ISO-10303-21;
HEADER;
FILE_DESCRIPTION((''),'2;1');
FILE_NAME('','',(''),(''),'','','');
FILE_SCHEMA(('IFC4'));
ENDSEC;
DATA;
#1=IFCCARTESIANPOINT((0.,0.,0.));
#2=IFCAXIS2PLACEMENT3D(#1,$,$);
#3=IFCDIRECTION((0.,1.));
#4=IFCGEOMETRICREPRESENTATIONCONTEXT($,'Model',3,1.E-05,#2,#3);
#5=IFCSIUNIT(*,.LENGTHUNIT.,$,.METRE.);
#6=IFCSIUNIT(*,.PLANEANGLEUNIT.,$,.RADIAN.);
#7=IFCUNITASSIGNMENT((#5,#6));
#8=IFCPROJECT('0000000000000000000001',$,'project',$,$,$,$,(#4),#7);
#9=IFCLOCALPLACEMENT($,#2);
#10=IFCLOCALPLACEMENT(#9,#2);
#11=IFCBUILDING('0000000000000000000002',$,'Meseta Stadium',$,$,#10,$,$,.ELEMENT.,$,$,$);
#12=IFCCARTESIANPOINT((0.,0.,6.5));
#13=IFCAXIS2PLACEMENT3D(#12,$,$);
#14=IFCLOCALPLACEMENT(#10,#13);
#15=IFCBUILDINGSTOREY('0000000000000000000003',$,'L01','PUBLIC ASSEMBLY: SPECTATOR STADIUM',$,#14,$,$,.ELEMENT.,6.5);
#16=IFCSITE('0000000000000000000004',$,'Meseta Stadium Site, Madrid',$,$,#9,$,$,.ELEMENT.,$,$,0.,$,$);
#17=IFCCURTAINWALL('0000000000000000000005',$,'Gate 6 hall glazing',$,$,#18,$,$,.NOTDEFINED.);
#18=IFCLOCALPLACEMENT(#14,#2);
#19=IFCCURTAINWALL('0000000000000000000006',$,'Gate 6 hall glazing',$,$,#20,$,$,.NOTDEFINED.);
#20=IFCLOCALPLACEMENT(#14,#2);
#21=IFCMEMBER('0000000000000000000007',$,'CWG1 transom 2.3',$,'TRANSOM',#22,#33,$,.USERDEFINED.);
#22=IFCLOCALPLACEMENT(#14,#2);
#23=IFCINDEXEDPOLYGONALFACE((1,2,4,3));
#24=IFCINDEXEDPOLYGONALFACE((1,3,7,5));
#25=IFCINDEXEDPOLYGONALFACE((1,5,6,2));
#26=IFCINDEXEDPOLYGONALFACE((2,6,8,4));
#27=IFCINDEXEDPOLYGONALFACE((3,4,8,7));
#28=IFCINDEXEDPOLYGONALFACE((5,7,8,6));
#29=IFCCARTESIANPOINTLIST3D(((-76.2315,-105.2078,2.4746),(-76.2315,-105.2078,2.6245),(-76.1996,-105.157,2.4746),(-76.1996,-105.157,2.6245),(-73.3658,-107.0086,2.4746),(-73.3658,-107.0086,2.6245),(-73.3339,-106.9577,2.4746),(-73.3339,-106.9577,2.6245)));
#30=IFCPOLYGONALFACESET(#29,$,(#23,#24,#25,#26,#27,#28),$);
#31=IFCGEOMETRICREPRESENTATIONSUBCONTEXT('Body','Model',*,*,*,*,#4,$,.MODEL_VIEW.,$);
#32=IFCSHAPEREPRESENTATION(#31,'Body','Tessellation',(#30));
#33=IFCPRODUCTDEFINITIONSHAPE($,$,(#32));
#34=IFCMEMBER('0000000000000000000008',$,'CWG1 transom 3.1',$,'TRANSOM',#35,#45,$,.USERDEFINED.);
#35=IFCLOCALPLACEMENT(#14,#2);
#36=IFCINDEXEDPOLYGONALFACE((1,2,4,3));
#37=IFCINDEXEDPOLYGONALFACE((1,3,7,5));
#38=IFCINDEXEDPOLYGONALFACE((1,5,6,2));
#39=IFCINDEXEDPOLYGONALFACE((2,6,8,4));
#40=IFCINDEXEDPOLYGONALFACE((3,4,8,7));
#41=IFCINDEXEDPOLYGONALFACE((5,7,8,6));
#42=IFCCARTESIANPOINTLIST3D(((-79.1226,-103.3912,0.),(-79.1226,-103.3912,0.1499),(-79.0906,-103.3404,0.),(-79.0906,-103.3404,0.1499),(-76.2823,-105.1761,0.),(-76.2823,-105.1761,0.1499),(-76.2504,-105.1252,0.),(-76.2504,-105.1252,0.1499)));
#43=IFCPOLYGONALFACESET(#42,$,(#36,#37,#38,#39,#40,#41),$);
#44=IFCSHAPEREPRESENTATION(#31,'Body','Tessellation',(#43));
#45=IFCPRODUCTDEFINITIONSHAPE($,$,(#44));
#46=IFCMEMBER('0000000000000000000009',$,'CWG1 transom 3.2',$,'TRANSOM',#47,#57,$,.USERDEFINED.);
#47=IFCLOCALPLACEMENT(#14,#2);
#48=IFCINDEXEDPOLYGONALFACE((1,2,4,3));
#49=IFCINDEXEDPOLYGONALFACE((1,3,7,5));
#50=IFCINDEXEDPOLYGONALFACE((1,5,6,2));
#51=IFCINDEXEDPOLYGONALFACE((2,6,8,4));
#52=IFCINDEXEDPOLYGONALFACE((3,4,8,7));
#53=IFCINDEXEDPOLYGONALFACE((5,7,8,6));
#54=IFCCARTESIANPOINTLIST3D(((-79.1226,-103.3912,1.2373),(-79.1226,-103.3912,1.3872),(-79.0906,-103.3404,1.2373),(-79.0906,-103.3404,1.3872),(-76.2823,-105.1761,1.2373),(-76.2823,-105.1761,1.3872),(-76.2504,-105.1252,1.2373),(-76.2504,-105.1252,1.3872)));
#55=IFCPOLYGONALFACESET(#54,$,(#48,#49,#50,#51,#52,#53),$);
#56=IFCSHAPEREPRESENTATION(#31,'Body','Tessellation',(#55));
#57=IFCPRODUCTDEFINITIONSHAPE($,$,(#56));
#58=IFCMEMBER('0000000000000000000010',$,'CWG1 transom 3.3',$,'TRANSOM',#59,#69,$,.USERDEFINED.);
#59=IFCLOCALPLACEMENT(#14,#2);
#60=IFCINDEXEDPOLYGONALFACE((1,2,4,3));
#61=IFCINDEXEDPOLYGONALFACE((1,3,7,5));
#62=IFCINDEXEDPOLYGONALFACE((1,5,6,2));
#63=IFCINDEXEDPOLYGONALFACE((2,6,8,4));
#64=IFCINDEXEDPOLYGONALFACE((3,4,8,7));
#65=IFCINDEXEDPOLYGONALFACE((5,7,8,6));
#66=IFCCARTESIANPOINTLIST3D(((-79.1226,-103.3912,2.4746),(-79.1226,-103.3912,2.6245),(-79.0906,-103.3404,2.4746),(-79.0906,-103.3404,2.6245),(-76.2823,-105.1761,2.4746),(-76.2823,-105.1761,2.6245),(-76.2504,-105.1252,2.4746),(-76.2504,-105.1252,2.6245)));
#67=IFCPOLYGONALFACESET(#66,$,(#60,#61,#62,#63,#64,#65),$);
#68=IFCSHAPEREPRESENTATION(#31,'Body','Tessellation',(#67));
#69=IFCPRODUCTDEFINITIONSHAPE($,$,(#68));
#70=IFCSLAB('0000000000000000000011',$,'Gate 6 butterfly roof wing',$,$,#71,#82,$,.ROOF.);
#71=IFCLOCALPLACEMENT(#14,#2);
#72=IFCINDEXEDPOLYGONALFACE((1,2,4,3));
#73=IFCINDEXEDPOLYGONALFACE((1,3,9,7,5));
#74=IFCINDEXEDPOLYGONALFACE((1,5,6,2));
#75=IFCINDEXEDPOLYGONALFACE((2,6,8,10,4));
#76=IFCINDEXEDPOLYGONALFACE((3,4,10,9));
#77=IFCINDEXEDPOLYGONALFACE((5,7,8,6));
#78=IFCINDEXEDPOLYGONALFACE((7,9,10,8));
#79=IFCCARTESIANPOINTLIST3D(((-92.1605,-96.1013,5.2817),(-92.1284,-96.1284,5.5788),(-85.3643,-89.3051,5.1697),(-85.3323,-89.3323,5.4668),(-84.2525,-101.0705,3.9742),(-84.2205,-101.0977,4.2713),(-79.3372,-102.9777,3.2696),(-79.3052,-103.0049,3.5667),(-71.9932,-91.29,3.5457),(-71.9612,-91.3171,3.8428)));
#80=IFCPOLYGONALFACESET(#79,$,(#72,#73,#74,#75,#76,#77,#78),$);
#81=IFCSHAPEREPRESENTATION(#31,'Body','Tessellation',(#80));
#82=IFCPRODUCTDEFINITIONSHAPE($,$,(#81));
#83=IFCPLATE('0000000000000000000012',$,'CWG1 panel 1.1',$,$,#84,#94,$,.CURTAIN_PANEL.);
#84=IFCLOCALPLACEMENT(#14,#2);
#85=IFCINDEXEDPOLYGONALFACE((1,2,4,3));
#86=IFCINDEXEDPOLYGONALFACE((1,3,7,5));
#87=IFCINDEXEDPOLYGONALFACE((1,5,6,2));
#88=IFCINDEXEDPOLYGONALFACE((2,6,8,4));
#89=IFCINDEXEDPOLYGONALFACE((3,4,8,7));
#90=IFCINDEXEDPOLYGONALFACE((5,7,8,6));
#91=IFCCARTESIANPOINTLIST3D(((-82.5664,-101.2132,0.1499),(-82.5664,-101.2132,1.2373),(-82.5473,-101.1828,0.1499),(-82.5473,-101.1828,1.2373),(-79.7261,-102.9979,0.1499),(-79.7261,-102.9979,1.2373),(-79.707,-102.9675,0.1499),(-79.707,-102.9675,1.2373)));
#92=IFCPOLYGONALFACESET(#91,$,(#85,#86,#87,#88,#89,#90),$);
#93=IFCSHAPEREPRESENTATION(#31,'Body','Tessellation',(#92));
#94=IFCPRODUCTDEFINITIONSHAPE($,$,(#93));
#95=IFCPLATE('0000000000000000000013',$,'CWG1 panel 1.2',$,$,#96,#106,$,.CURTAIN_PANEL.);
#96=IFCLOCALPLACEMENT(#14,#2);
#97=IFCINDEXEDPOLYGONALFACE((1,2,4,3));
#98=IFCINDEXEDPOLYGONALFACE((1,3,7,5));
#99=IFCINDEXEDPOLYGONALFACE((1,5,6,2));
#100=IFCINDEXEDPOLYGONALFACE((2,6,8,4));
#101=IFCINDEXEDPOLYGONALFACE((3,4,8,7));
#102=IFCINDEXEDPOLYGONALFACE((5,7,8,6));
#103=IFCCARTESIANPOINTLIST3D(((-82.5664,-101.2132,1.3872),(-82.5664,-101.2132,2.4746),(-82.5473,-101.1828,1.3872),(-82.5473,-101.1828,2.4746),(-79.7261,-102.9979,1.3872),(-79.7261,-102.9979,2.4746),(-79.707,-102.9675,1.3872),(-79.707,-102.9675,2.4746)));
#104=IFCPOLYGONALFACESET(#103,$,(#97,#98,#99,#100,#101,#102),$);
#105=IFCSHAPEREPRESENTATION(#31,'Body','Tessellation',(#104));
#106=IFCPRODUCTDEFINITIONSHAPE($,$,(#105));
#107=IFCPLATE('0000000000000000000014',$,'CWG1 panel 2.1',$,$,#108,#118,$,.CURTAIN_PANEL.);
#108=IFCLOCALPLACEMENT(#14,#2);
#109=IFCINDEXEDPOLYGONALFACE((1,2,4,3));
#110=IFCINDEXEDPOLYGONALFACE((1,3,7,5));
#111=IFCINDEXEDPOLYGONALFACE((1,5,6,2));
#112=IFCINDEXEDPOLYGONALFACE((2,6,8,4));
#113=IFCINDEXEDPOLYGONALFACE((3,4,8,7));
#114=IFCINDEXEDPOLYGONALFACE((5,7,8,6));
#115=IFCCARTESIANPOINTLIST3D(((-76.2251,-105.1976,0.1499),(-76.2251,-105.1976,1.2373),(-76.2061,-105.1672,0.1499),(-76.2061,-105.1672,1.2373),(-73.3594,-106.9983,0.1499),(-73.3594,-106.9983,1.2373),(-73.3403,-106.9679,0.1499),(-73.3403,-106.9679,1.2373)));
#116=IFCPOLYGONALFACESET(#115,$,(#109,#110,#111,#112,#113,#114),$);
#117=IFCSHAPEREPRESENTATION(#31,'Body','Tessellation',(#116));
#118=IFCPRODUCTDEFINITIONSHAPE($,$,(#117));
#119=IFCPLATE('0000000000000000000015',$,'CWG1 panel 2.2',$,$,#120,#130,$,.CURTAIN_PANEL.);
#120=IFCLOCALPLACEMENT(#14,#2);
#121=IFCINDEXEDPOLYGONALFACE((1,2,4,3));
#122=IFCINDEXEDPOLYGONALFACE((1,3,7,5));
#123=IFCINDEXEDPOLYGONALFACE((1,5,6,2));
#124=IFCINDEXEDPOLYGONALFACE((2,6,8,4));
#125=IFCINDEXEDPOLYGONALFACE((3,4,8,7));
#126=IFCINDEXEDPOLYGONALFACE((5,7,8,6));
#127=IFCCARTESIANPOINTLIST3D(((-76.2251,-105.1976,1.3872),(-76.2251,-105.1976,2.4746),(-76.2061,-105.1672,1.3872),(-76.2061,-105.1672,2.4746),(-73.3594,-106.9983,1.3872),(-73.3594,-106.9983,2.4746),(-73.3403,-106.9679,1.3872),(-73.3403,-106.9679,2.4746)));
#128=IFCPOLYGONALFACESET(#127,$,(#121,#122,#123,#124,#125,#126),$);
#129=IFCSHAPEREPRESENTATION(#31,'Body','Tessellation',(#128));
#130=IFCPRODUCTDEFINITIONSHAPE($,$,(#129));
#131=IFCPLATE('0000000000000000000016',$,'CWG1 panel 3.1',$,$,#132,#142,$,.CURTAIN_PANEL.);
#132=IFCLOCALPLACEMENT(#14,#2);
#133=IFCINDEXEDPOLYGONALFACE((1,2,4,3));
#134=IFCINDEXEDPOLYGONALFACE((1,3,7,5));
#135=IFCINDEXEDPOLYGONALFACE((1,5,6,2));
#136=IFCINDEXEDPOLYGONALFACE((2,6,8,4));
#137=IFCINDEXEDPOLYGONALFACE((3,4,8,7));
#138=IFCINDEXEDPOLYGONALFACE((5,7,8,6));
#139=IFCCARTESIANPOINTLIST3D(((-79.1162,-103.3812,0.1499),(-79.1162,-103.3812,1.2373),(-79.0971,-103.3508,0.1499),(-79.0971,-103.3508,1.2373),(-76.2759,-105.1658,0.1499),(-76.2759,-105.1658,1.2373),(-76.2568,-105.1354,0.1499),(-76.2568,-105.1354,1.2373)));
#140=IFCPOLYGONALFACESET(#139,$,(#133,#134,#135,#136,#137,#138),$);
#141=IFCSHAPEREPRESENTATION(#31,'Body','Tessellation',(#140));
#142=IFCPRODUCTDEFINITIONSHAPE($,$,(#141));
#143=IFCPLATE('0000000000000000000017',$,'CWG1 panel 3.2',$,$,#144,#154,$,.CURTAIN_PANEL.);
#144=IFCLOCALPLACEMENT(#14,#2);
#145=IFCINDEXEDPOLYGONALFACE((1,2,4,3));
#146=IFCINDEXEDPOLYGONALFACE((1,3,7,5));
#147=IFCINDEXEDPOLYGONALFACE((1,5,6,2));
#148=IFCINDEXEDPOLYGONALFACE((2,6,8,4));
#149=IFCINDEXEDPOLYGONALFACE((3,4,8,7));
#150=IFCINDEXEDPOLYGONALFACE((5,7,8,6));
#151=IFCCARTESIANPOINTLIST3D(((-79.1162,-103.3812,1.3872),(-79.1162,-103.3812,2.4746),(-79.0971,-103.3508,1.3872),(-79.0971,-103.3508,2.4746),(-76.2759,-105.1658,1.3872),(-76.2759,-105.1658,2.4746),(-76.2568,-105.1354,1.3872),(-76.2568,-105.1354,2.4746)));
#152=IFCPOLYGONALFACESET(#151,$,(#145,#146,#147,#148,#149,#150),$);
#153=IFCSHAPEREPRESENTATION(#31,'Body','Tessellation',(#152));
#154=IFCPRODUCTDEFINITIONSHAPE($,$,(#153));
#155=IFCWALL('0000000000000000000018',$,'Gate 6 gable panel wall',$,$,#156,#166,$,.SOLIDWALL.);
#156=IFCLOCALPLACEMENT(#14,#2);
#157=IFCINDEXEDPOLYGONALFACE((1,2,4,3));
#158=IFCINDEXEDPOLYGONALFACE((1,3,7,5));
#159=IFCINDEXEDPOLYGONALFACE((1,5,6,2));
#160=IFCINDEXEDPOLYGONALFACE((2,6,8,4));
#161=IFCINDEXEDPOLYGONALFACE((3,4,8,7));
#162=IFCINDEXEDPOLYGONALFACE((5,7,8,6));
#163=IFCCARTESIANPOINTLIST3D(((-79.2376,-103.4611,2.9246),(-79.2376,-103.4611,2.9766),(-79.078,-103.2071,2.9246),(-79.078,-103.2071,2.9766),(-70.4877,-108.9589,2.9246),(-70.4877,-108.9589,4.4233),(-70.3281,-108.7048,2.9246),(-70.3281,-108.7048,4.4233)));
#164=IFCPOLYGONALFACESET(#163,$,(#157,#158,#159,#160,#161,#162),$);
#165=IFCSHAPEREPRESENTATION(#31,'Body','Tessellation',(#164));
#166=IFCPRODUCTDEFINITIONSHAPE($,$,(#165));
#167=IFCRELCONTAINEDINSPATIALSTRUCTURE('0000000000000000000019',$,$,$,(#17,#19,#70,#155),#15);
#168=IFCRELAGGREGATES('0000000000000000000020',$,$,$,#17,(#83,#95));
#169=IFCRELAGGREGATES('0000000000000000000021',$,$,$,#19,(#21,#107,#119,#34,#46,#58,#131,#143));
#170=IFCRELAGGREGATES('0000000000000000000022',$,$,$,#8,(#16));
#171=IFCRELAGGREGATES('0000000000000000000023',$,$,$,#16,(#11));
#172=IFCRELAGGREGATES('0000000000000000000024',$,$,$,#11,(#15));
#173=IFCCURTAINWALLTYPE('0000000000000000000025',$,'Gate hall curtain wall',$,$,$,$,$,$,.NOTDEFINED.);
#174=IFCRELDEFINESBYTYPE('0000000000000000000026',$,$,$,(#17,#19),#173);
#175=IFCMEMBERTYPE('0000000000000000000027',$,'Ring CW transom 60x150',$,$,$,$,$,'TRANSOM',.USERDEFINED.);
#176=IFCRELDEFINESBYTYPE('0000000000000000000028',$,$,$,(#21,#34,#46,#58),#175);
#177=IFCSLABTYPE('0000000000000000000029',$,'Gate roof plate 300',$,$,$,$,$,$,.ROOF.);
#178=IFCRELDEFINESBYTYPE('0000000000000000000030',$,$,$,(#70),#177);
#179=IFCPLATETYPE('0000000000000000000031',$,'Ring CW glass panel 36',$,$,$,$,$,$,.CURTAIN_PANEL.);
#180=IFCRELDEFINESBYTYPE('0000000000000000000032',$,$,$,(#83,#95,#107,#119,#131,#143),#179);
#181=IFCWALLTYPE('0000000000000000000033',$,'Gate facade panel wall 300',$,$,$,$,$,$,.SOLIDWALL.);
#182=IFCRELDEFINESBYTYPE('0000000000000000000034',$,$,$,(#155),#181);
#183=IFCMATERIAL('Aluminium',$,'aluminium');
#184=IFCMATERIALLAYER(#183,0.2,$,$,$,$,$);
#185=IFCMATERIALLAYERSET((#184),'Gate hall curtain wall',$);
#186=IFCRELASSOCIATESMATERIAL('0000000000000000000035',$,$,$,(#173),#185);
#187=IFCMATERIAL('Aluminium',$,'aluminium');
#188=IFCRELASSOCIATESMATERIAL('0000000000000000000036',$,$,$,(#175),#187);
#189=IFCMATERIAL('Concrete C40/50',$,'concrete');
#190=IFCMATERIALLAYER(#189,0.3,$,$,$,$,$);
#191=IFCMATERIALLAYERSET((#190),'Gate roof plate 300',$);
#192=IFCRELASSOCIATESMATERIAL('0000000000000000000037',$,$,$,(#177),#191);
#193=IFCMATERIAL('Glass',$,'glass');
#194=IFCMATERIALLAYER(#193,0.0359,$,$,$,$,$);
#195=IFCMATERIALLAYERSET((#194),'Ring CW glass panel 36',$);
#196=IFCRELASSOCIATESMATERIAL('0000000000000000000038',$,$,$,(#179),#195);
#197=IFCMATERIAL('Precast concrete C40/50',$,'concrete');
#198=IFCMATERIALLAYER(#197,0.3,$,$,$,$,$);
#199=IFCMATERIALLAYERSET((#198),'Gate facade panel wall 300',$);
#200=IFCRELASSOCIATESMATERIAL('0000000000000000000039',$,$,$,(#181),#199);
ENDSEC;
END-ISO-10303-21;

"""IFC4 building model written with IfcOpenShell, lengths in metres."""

from ifc_helpers import new_model, si_unit, direction, frame, origin, origin_2d, place, context, subcontext, project, spatial, polyline, rectangle, outline, extrude, material, layer, layer_set, material_profile, profile_set, type_object, element, aggregate, save


model = new_model("IFC4")

# Units and contexts
model_context = context("Model", 3, precision=1e-05, world=origin(), true_north=direction((0.0, 1.0)))
body_context = subcontext(model_context, "Body", "Model", "MODEL_VIEW")
ifc_project = project(units=[si_unit("LENGTHUNIT", "METRE"), si_unit("PLANEANGLEUNIT", "RADIAN")], contexts=[model_context])

# Site, building, storey
site_placement = place(None, origin())
site = spatial("IfcSite", under=ifc_project, at=site_placement, Name="Meseta Stadium Site, Madrid", CompositionType="ELEMENT", RefElevation=0.0)
building_placement = place(site_placement, origin())
building = spatial("IfcBuilding", under=site, at=building_placement, Name="Meseta Stadium", CompositionType="ELEMENT")
storey_placement = place(building_placement, frame((0.0, 0.0, 6.5)))
storey = spatial("IfcBuildingStorey", under=building, at=storey_placement, Name="L01", Description="PUBLIC ASSEMBLY: SPECTATOR STADIUM", CompositionType="ELEMENT", Elevation=6.5)

# Curtain walls
ifc_material_1 = material(Name="Aluminium", Category="aluminium")
ifc_layer_1 = layer(ifc_material_1, 0.2)
ifc_layer_set_1 = layer_set([ifc_layer_1], Name="Gate hall curtain wall")
curtain_wall_type = type_object("IfcCurtainWallType", Name="Gate hall curtain wall", PredefinedType="NOTDEFINED", material=ifc_layer_set_1)
curtain_wall_1_placement = place(storey_placement, origin())
curtain_wall_1 = element("IfcCurtainWall", 1, at=curtain_wall_1_placement, inside=storey, type_object=curtain_wall_type, Name="Gate 6 hall glazing", PredefinedType="NOTDEFINED")
curtain_wall_2_placement = place(storey_placement, origin())
curtain_wall_2 = element("IfcCurtainWall", 2, at=curtain_wall_2_placement, inside=storey, type_object=curtain_wall_type, Name="Gate 6 hall glazing", PredefinedType="NOTDEFINED")

# Members
ifc_material_2 = material(Name="Aluminium", Category="aluminium")
ifc_material_profile_1 = material_profile(ifc_material_2, rectangle(XDim=0.0601, YDim=0.1499, at=origin_2d()), Name="CW 60x150")
ifc_profile_set_1 = profile_set([ifc_material_profile_1], Name="Aluminium")
member_type_1 = type_object("IfcMemberType", Name="Ring CW transom 60x150", ElementType="TRANSOM", PredefinedType="USERDEFINED", material=ifc_profile_set_1)
member_1_placement = place(storey_placement, frame((-73.3499, -106.9832, 2.5496), z_axis=(-0.846707, 0.532059, 0.0), x_axis=(-0.532059, -0.846707, 0.0)))
member_1 = element("IfcMember", 3, at=member_1_placement, type_object=member_type_1, Name="CWG1 transom 2.3", ObjectType="TRANSOM", PredefinedType="USERDEFINED", context=body_context, shape_type="SweptSolid", body=[
    extrude(rectangle(XDim=0.0601, YDim=0.1499, at=origin_2d()), origin(), (0.0, 0.0, 1.0), 3.3845),
])
member_2_placement = place(storey_placement, frame((-76.2664, -105.1506, 0.075), z_axis=(-0.846696, 0.532078, 0.0), x_axis=(-0.532078, -0.846696, 0.0)))
member_2 = element("IfcMember", 4, at=member_2_placement, type_object=member_type_1, Name="CWG1 transom 3.1", ObjectType="TRANSOM", PredefinedType="USERDEFINED", context=body_context, shape_type="SweptSolid", body=[
    extrude(rectangle(XDim=0.0601, YDim=0.1499, at=origin_2d()), origin(), (0.0, 0.0, 1.0), 3.3545),
])
member_3_placement = place(storey_placement, frame((-76.2664, -105.1506, 1.3123), z_axis=(-0.846696, 0.532078, 0.0), x_axis=(-0.532078, -0.846696, 0.0)))
member_3 = element("IfcMember", 5, at=member_3_placement, type_object=member_type_1, Name="CWG1 transom 3.2", ObjectType="TRANSOM", PredefinedType="USERDEFINED", context=body_context, shape_type="SweptSolid", body=[
    extrude(rectangle(XDim=0.0601, YDim=0.1499, at=origin_2d()), origin(), (0.0, 0.0, 1.0), 3.3545),
])
member_4_placement = place(storey_placement, frame((-76.2664, -105.1506, 2.5496), z_axis=(-0.846696, 0.532078, 0.0), x_axis=(-0.532078, -0.846696, 0.0)))
member_4 = element("IfcMember", 6, at=member_4_placement, type_object=member_type_1, Name="CWG1 transom 3.3", ObjectType="TRANSOM", PredefinedType="USERDEFINED", context=body_context, shape_type="SweptSolid", body=[
    extrude(rectangle(XDim=0.0601, YDim=0.1499, at=origin_2d()), origin(), (0.0, 0.0, 1.0), 3.3545),
])

# Slab
ifc_material_3 = material(Name="Concrete C40/50", Category="concrete")
ifc_layer_2 = layer(ifc_material_3, 0.3)
ifc_layer_set_2 = layer_set([ifc_layer_2], Name="Gate roof plate 300")
slab_type = type_object("IfcSlabType", Name="Gate roof plate 300", PredefinedType="ROOF", material=ifc_layer_set_2)
slab_placement = place(storey_placement, frame((-79.3052, -103.0049, 3.5667), z_axis=(0.106828, -0.090518, 0.990149), x_axis=(0.531931, 0.846552, 0.02)))
element("IfcSlab", 7, at=slab_placement, inside=storey, type_object=slab_type, Name="Gate 6 butterfly roof wing", PredefinedType="ROOF", context=body_context, shape_type="SweptSolid", body=[
    extrude(outline(polyline([(0.0, 0.0), (13.8063, 0.0), (8.4066, 12.4982), (-0.9596, 14.6577), (-0.9859, 5.227), (0.0, 0.0)])), origin(), (0.0, 0.0, -1.0), 0.3),
])

# Plates
ifc_material_4 = material(Name="Glass", Category="glass")
ifc_layer_3 = layer(ifc_material_4, 0.0359)
ifc_layer_set_3 = layer_set([ifc_layer_3], Name="Ring CW glass panel 36")
plate_type = type_object("IfcPlateType", Name="Ring CW glass panel 36", PredefinedType="CURTAIN_PANEL", material=ifc_layer_set_3)
plate_1_placement = place(storey_placement, frame((-81.1367, -102.0903, 0.1499), z_axis=(0.0, 0.0, 1.0), x_axis=(-0.846723, 0.532035, 0.0)))
plate_1 = element("IfcPlate", 8, at=plate_1_placement, type_object=plate_type, Name="CWG1 panel 1.1", PredefinedType="CURTAIN_PANEL", context=body_context, shape_type="SweptSolid", body=[
    extrude(rectangle(XDim=3.3545, YDim=0.0359, at=origin_2d()), origin(), (0.0, 0.0, 1.0), 1.0874),
])
plate_2_placement = place(storey_placement, frame((-81.1367, -102.0903, 1.3872), z_axis=(0.0, 0.0, 1.0), x_axis=(-0.846723, 0.532035, 0.0)))
plate_2 = element("IfcPlate", 9, at=plate_2_placement, type_object=plate_type, Name="CWG1 panel 1.2", PredefinedType="CURTAIN_PANEL", context=body_context, shape_type="SweptSolid", body=[
    extrude(rectangle(XDim=3.3545, YDim=0.0359, at=origin_2d()), origin(), (0.0, 0.0, 1.0), 1.0874),
])
aggregate(curtain_wall_1, [plate_1, plate_2])
plate_3_placement = place(storey_placement, frame((-74.7827, -106.0828, 0.1499), z_axis=(0.0, 0.0, 1.0), x_axis=(-0.846727, 0.532028, 0.0)))
plate_3 = element("IfcPlate", 10, at=plate_3_placement, type_object=plate_type, Name="CWG1 panel 2.1", PredefinedType="CURTAIN_PANEL", context=body_context, shape_type="SweptSolid", body=[
    extrude(rectangle(XDim=3.3845, YDim=0.0359, at=origin_2d()), origin(), (0.0, 0.0, 1.0), 1.0874),
])
plate_4_placement = place(storey_placement, frame((-74.7827, -106.0828, 1.3872), z_axis=(0.0, 0.0, 1.0), x_axis=(-0.846727, 0.532028, 0.0)))
plate_4 = element("IfcPlate", 11, at=plate_4_placement, type_object=plate_type, Name="CWG1 panel 2.2", PredefinedType="CURTAIN_PANEL", context=body_context, shape_type="SweptSolid", body=[
    extrude(rectangle(XDim=3.3845, YDim=0.0359, at=origin_2d()), origin(), (0.0, 0.0, 1.0), 1.0874),
])
plate_5_placement = place(storey_placement, frame((-77.6865, -104.2583, 0.1499), z_axis=(0.0, 0.0, 1.0), x_axis=(-0.846727, 0.532028, 0.0)))
plate_5 = element("IfcPlate", 12, at=plate_5_placement, type_object=plate_type, Name="CWG1 panel 3.1", PredefinedType="CURTAIN_PANEL", context=body_context, shape_type="SweptSolid", body=[
    extrude(rectangle(XDim=3.3545, YDim=0.0359, at=origin_2d()), origin(), (0.0, 0.0, 1.0), 1.0874),
])
plate_6_placement = place(storey_placement, frame((-77.6865, -104.2583, 1.3872), z_axis=(0.0, 0.0, 1.0), x_axis=(-0.846727, 0.532028, 0.0)))
plate_6 = element("IfcPlate", 13, at=plate_6_placement, type_object=plate_type, Name="CWG1 panel 3.2", PredefinedType="CURTAIN_PANEL", context=body_context, shape_type="SweptSolid", body=[
    extrude(rectangle(XDim=3.3545, YDim=0.0359, at=origin_2d()), origin(), (0.0, 0.0, 1.0), 1.0874),
])
aggregate(curtain_wall_2, [member_1, plate_3, plate_4, member_2, member_3, member_4, plate_5, plate_6])

# Wall
ifc_material_5 = material(Name="Precast concrete C40/50", Category="concrete")
ifc_layer_4 = layer(ifc_material_5, 0.3)
ifc_layer_set_4 = layer_set([ifc_layer_4], Name="Gate facade panel wall 300")
wall_type = type_object("IfcWallType", Name="Gate facade panel wall 300", PredefinedType="SOLIDWALL", material=ifc_layer_set_4)
wall_placement = place(storey_placement, frame((-79.1577, -103.334, 2.9246), z_axis=(0.0, 0.0, 1.0), x_axis=(0.846732, -0.532019, 0.0)))
element("IfcWall", 14, at=wall_placement, inside=storey, type_object=wall_type, Name="Gate 6 gable panel wall", PredefinedType="SOLIDWALL", context=body_context, shape_type="SweptSolid", body=[
    extrude(outline(polyline([(0.0, 0.0), (10.3337, 0.0), (10.3337, 1.4988), (0.0, 0.052), (0.0, 0.0)])), frame((0.0, 0.1499, 0.0), z_axis=(0.0, -1.0, 0.0), x_axis=(1.0, 0.0, 0.0)), (0.0, 0.0, 1.0), 0.3),
])

save(model, "model.ifc")
